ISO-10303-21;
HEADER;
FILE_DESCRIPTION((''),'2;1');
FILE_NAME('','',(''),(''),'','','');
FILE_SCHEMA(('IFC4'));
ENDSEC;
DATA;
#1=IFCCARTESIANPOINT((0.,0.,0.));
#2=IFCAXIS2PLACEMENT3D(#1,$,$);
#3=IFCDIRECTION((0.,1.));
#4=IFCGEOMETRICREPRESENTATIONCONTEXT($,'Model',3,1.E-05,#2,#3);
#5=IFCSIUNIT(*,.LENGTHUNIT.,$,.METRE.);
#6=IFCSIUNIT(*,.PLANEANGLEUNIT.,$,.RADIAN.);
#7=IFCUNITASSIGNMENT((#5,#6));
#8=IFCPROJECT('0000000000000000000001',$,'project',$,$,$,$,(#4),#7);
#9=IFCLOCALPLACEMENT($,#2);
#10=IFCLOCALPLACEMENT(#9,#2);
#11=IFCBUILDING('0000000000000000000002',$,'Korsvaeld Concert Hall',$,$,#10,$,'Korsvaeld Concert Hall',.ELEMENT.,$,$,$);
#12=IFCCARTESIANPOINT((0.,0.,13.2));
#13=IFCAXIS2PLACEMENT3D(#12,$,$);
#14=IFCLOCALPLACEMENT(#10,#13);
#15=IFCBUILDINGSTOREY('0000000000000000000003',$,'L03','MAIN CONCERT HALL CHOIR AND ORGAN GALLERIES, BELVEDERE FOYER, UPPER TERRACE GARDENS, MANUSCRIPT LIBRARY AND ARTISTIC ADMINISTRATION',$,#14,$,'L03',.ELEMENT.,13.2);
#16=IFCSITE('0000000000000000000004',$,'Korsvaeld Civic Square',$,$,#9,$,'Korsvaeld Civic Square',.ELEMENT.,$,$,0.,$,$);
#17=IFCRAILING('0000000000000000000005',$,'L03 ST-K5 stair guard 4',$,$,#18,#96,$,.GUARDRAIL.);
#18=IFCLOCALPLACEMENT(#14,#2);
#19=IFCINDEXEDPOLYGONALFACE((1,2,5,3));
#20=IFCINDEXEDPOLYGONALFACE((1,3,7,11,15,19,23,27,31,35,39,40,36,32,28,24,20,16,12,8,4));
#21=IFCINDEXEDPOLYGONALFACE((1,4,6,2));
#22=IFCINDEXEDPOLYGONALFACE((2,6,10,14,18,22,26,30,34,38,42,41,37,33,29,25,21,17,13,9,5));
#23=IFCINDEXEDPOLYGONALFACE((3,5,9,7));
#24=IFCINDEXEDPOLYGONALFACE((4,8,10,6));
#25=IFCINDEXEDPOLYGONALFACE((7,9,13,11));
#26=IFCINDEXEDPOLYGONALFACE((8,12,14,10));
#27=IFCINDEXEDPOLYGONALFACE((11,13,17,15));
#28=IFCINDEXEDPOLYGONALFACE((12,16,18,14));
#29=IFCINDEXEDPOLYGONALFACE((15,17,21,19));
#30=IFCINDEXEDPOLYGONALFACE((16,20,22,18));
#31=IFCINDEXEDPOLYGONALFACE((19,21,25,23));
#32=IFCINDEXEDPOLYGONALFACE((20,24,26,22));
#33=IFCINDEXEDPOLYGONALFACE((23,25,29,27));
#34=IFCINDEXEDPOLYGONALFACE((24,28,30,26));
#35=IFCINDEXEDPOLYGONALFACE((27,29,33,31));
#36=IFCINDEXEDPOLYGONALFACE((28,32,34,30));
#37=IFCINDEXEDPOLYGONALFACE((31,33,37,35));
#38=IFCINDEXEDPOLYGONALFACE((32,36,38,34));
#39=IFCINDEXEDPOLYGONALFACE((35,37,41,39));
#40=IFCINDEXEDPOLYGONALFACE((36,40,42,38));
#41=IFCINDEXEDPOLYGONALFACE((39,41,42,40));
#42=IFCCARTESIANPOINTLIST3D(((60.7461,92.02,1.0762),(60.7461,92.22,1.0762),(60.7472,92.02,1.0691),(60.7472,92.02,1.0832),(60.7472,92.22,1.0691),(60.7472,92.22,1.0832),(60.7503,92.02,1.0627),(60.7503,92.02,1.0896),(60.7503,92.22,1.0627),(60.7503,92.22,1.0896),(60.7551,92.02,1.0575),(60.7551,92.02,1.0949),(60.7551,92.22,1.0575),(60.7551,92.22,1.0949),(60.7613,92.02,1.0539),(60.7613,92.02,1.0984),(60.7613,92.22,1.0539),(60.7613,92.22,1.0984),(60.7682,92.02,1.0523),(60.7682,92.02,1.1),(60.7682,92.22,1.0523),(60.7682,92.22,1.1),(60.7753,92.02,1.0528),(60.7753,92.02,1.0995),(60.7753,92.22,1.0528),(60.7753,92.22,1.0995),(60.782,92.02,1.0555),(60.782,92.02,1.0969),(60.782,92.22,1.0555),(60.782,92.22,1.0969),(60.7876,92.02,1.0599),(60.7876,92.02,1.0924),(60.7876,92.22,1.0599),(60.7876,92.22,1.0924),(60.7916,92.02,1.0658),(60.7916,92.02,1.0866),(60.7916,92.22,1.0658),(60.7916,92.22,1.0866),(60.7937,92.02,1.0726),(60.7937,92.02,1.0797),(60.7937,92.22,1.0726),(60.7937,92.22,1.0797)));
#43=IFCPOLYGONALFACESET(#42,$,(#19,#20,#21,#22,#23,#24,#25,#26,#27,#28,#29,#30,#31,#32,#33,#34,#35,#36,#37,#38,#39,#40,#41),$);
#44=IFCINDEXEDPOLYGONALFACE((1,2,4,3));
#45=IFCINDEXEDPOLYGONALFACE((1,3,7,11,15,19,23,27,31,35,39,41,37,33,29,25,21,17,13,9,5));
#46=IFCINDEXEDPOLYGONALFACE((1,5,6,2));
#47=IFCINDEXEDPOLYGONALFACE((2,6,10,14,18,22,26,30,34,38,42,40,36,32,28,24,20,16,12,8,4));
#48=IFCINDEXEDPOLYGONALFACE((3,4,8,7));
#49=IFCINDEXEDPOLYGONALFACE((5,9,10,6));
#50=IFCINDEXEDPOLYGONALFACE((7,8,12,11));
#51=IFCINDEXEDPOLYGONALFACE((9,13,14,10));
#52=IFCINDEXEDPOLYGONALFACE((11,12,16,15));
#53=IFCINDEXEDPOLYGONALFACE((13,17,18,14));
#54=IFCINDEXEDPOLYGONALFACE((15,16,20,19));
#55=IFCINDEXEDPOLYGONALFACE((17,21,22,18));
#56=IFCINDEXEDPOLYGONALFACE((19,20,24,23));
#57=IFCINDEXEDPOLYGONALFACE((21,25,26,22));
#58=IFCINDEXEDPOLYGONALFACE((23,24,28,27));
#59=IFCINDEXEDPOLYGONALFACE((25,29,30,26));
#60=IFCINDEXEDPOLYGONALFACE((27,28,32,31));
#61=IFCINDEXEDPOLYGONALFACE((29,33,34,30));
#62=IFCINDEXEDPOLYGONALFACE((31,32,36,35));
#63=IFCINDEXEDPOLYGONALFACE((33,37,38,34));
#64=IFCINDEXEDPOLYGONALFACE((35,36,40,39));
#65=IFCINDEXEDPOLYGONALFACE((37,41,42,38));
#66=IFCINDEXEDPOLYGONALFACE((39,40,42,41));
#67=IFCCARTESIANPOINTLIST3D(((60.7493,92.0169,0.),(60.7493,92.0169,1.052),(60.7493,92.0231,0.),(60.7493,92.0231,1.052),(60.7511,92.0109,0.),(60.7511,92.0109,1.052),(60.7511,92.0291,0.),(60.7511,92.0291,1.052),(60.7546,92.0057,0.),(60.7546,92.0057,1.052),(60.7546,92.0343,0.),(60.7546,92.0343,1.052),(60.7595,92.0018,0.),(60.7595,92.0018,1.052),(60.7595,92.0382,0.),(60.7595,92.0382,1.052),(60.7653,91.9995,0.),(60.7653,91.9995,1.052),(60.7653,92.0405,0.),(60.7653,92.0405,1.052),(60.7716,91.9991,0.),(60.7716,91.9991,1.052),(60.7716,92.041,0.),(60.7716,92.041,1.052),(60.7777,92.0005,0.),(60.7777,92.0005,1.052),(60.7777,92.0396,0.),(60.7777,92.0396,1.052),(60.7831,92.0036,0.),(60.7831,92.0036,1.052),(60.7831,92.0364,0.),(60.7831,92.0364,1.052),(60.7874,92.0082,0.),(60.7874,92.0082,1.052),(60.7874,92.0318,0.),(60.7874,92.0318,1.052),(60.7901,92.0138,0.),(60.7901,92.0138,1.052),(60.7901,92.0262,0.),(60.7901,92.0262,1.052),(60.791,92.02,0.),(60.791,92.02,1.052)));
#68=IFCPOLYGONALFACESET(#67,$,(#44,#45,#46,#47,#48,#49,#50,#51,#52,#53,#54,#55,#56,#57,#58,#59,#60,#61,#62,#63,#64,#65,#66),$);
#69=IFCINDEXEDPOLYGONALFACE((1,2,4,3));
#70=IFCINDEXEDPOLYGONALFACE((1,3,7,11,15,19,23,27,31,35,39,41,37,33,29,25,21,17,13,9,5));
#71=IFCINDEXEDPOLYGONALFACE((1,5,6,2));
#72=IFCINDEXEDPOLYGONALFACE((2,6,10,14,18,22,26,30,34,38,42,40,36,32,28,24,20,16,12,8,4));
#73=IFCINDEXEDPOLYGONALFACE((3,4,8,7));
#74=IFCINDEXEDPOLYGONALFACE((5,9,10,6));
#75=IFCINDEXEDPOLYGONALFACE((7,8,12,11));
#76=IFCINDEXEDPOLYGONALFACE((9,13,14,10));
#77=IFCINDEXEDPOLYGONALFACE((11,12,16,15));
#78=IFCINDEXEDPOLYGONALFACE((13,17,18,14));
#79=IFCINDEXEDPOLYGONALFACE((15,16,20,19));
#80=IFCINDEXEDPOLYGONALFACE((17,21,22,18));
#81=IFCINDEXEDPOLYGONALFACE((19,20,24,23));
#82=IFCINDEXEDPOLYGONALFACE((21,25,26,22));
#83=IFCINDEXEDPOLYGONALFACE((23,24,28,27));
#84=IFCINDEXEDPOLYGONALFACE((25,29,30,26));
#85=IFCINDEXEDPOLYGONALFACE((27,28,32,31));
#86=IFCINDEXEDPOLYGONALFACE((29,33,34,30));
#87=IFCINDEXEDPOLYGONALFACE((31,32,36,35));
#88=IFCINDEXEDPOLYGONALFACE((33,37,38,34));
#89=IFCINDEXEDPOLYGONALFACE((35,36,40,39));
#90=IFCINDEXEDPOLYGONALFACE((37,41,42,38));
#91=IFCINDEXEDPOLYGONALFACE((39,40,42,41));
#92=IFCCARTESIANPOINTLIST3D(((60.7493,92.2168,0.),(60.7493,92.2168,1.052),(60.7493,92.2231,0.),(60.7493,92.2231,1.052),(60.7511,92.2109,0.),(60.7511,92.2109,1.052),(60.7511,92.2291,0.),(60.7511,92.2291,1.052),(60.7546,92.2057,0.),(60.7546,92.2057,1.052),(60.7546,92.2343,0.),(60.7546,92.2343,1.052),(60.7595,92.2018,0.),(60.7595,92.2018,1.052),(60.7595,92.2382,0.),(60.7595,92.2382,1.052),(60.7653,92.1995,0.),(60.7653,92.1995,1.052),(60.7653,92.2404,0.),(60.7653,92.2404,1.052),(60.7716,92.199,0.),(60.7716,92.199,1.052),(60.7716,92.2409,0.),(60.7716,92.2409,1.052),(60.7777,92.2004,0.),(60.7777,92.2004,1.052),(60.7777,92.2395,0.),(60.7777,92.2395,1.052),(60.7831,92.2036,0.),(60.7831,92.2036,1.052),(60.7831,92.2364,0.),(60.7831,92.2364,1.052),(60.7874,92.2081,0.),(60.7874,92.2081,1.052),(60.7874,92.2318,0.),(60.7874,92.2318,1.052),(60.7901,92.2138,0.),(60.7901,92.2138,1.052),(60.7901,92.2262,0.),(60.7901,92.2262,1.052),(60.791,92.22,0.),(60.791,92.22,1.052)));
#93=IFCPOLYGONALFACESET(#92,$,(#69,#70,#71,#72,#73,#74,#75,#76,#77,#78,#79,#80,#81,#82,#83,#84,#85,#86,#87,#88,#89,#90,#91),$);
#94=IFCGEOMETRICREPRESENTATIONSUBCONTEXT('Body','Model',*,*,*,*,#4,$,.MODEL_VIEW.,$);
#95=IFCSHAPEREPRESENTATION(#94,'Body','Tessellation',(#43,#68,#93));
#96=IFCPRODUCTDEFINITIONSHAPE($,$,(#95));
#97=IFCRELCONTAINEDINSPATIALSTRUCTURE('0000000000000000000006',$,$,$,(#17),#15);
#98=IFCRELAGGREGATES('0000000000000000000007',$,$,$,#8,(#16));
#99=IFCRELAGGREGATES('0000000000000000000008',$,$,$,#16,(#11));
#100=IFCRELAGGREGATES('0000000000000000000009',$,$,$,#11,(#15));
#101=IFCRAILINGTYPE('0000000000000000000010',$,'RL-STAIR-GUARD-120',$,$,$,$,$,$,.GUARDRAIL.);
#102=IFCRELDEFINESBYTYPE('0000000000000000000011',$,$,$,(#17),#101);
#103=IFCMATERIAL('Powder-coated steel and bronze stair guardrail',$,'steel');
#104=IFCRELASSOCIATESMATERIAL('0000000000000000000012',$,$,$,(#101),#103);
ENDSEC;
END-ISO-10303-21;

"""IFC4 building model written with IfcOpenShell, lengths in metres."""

from ifc_helpers import new_model, si_unit, direction, frame, origin, origin_2d, place, context, subcontext, project, spatial, circle, extrude, material, type_object, element, save


model = new_model("IFC4")

# Units and contexts
model_context = context("Model", 3, precision=1e-05, world=origin(), true_north=direction((0.0, 1.0)))
body_context = subcontext(model_context, "Body", "Model", "MODEL_VIEW")
ifc_project = project(units=[si_unit("LENGTHUNIT", "METRE"), si_unit("PLANEANGLEUNIT", "RADIAN")], contexts=[model_context])

# Site, building, storey
site_placement = place(None, origin())
site = spatial("IfcSite", under=ifc_project, at=site_placement, Name="Korsvaeld Civic Square", LongName="Korsvaeld Civic Square", CompositionType="ELEMENT", RefElevation=0.0)
building_placement = place(site_placement, origin())
building = spatial("IfcBuilding", under=site, at=building_placement, Name="Korsvaeld Concert Hall", LongName="Korsvaeld Concert Hall", CompositionType="ELEMENT")
storey_placement = place(building_placement, frame((0.0, 0.0, 13.2)))
storey = spatial("IfcBuildingStorey", under=building, at=storey_placement, Name="L03", Description="MAIN CONCERT HALL CHOIR AND ORGAN GALLERIES, BELVEDERE FOYER, UPPER TERRACE GARDENS, MANUSCRIPT LIBRARY AND ARTISTIC ADMINISTRATION", LongName="L03", CompositionType="ELEMENT", Elevation=13.2)

# Railing
ifc_material_1 = material(Name="Powder-coated steel and bronze stair guardrail", Category="steel")
railing_type_1 = type_object("IfcRailingType", Name="RL-STAIR-GUARD-120", PredefinedType="GUARDRAIL", material=ifc_material_1)
railing_1_placement = place(storey_placement, frame((60.77, 92.02, 0.0)))
element("IfcRailing", 1, at=railing_1_placement, inside=storey, type_object=railing_type_1, Name="L03 ST-K5 stair guard 4", PredefinedType="GUARDRAIL", context=body_context, shape_type="SweptSolid", body=[
    extrude(circle(Radius=0.0239, at=origin_2d()), frame((0.0, 0.0, 1.0762), z_axis=(0.0, 1.0, 0.0), x_axis=(-1.0, 0.0, 0.0)), (0.0, 0.0, 1.0), 0.2),
    extrude(circle(Radius=0.021, at=origin_2d()), origin(), (0.0, 0.0, 1.0), 1.052),
    extrude(circle(Radius=0.021, at=origin_2d()), frame((0.0, 0.2, 0.0)), (0.0, 0.0, 1.0), 1.052),
])

save(model, "model.ifc")
